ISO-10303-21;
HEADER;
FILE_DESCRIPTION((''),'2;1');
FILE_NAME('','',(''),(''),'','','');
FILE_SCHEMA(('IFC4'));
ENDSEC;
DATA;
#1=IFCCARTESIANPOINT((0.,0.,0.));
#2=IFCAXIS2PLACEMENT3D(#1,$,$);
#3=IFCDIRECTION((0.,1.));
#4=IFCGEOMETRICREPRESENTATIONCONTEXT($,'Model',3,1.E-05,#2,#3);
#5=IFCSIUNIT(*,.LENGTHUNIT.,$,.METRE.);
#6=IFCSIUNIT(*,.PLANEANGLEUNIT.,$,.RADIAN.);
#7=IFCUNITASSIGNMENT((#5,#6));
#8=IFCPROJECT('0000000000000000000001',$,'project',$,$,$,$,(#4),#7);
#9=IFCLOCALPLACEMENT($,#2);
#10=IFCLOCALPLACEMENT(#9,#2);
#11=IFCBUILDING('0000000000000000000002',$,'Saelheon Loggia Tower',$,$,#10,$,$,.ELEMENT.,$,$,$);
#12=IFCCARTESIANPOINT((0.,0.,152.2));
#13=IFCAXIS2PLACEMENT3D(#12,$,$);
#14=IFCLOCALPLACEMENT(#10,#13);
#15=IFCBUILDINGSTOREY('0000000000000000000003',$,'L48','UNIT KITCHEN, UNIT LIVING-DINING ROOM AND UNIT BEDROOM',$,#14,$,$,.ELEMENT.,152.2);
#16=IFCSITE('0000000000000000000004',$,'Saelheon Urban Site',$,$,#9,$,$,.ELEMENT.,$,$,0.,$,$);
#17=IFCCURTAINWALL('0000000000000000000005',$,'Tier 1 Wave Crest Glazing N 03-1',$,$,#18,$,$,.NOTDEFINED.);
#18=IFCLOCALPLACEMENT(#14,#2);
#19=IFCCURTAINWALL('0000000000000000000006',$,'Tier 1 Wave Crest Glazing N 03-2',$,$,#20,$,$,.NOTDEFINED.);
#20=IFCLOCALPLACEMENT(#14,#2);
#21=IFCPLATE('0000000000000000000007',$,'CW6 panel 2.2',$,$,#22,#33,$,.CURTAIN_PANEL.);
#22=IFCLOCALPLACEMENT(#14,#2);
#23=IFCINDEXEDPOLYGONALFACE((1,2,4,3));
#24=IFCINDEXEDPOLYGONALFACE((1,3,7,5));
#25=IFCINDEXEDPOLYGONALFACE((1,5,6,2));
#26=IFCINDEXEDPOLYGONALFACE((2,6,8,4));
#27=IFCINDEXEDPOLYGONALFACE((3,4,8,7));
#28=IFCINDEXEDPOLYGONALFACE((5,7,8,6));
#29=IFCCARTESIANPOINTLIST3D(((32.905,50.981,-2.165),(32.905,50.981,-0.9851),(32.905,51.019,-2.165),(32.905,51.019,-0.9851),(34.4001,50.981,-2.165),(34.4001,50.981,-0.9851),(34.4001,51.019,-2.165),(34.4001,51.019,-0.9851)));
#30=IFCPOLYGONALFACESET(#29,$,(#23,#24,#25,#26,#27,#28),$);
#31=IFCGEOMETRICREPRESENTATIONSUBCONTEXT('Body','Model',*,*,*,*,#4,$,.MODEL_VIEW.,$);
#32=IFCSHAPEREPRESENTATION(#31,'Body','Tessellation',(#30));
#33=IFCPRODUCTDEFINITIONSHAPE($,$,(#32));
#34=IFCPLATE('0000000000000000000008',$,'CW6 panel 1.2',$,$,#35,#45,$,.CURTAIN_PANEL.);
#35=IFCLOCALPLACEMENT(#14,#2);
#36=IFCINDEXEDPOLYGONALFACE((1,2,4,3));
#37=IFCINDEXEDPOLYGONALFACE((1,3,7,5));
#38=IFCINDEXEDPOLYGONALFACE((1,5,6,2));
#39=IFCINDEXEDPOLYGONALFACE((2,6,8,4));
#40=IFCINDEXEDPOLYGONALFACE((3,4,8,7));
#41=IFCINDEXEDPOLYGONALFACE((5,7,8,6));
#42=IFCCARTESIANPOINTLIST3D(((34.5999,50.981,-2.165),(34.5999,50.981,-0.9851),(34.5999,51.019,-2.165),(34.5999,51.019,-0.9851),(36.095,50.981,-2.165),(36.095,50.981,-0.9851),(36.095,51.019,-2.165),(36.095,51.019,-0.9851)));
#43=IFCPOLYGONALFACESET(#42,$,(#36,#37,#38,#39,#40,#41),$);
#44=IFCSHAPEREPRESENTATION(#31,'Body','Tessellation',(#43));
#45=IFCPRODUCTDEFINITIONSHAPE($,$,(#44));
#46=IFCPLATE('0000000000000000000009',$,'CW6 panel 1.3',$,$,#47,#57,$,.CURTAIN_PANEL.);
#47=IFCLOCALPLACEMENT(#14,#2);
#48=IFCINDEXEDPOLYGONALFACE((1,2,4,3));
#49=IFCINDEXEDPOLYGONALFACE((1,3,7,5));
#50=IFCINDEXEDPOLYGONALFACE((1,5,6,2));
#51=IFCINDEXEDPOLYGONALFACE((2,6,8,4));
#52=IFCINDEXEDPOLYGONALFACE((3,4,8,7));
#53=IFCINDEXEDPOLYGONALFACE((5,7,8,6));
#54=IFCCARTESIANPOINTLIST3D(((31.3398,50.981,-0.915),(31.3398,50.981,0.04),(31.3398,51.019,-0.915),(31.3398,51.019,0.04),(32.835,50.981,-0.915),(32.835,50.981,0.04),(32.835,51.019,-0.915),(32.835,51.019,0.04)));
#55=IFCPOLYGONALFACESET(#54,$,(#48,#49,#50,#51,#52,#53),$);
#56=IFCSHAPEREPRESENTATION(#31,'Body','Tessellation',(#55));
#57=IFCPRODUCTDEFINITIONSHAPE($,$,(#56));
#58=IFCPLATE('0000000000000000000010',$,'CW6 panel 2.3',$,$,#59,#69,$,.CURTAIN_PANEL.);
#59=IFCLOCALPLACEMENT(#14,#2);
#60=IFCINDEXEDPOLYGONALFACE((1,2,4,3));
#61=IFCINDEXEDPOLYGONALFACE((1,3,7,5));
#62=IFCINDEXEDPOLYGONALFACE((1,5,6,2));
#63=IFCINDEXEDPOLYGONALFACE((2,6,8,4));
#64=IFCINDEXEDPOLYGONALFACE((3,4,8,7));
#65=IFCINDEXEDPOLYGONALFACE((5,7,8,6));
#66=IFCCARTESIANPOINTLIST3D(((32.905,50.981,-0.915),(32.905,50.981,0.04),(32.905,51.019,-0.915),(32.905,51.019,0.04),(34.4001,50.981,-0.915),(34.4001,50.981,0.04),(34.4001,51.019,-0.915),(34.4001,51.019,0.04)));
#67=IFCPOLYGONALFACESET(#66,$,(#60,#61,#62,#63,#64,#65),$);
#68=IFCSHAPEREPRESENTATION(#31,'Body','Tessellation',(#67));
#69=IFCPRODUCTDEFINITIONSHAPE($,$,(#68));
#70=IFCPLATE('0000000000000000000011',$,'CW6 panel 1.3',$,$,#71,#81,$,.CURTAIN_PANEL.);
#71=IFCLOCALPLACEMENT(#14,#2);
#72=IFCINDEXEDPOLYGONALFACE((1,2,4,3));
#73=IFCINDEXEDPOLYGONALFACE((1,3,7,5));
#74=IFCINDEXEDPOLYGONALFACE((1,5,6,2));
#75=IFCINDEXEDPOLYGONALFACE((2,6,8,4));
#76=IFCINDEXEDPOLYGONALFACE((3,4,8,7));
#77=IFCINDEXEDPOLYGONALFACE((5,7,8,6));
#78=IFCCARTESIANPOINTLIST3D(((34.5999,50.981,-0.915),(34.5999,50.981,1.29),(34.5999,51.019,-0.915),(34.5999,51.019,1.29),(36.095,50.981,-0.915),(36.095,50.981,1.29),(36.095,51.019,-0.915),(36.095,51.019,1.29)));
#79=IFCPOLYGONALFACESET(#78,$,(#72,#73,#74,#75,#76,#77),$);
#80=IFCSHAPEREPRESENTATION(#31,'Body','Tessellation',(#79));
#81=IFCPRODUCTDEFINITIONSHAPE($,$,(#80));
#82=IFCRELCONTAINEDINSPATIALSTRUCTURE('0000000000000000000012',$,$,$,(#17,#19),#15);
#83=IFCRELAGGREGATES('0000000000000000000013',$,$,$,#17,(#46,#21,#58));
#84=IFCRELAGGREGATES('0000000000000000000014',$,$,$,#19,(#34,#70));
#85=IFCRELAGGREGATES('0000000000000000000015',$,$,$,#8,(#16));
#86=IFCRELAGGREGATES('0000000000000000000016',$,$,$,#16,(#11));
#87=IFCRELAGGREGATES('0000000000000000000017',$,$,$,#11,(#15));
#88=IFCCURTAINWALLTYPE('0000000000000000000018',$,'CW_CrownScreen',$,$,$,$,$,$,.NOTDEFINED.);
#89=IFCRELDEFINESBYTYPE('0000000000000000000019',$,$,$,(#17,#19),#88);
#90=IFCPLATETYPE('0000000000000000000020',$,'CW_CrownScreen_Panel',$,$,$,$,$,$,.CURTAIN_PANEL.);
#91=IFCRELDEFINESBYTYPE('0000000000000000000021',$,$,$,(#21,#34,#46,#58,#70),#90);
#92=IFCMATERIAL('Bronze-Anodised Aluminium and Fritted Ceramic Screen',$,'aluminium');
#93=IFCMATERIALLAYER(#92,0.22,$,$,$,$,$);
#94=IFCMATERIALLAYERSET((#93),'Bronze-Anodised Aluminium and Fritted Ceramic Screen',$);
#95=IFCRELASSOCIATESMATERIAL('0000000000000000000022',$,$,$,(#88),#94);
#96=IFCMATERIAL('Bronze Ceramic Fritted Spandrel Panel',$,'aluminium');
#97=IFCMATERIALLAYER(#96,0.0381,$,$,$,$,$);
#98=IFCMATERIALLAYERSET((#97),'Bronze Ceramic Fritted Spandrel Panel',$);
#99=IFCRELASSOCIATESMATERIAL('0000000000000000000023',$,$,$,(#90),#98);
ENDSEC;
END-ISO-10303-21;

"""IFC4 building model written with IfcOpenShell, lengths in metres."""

from ifc_helpers import new_model, si_unit, direction, frame, origin, origin_2d, place, context, subcontext, project, spatial, rectangle, extrude, source, transform, mapped, material, layer, layer_set, type_object, element, aggregate, save


model = new_model("IFC4")

# Units and contexts
model_context = context("Model", 3, precision=1e-05, world=origin(), true_north=direction((0.0, 1.0)))
body_context = subcontext(model_context, "Body", "Model", "MODEL_VIEW")
ifc_project = project(units=[si_unit("LENGTHUNIT", "METRE"), si_unit("PLANEANGLEUNIT", "RADIAN")], contexts=[model_context])

# Site, building, storey
site_placement = place(None, origin())
site = spatial("IfcSite", under=ifc_project, at=site_placement, Name="Saelheon Urban Site", CompositionType="ELEMENT", RefElevation=0.0)
building_placement = place(site_placement, origin())
building = spatial("IfcBuilding", under=site, at=building_placement, Name="Saelheon Loggia Tower", CompositionType="ELEMENT")
storey_placement = place(building_placement, frame((0.0, 0.0, 152.2)))
storey = spatial("IfcBuildingStorey", under=building, at=storey_placement, Name="L48", Description="UNIT KITCHEN, UNIT LIVING-DINING ROOM AND UNIT BEDROOM", CompositionType="ELEMENT", Elevation=152.2)

# Shared definitions
ifc_material_1 = material(Name="Bronze-Anodised Aluminium and Fritted Ceramic Screen", Category="aluminium")
ifc_layer_1 = layer(ifc_material_1, 0.22)
ifc_layer_set_1 = layer_set([ifc_layer_1], Name="Bronze-Anodised Aluminium and Fritted Ceramic Screen")
curtain_wall_type = type_object("IfcCurtainWallType", Name="CW_CrownScreen", PredefinedType="NOTDEFINED", material=ifc_layer_set_1)

# Curtain walls
curtain_wall_1_placement = place(storey_placement, origin())
curtain_wall_1 = element("IfcCurtainWall", 1, at=curtain_wall_1_placement, inside=storey, type_object=curtain_wall_type, Name="Tier 1 Wave Crest Glazing N 03-1", PredefinedType="NOTDEFINED")
curtain_wall_2_placement = place(storey_placement, origin())
curtain_wall_2 = element("IfcCurtainWall", 2, at=curtain_wall_2_placement, inside=storey, type_object=curtain_wall_type, Name="Tier 1 Wave Crest Glazing N 03-2", PredefinedType="NOTDEFINED")

# Plates
ifc_material_2 = material(Name="Bronze Ceramic Fritted Spandrel Panel", Category="aluminium")
ifc_layer_2 = layer(ifc_material_2, 0.0381)
ifc_layer_set_2 = layer_set([ifc_layer_2], Name="Bronze Ceramic Fritted Spandrel Panel")
plate_type = type_object("IfcPlateType", Name="CW_CrownScreen_Panel", PredefinedType="CURTAIN_PANEL", material=ifc_layer_set_2)
shared_shape_1 = source(origin(), body_context, "Body", "SweptSolid", [
    extrude(rectangle(XDim=1.4951, YDim=0.0381, at=origin_2d()), origin(), (0.0, 0.0, 1.0), 1.1799),
])
plate_1_placement = place(storey_placement, frame((33.6526, 51.0, -2.165), z_axis=(0.0, 0.0, 1.0), x_axis=(1.0, 0.0, 0.0)))
plate_1 = element("IfcPlate", 3, at=plate_1_placement, type_object=plate_type, Name="CW6 panel 2.2", PredefinedType="CURTAIN_PANEL", context=body_context, shape_type="MappedRepresentation", body=[
    mapped(shared_shape_1, transform((0.0, 0.0, 0.0), scale=1.0)),
])
plate_2_placement = place(storey_placement, frame((35.3474, 51.0, -2.165), z_axis=(0.0, 0.0, 1.0), x_axis=(1.0, 0.0, 0.0)))
plate_2 = element("IfcPlate", 4, at=plate_2_placement, type_object=plate_type, Name="CW6 panel 1.2", PredefinedType="CURTAIN_PANEL", context=body_context, shape_type="MappedRepresentation", body=[
    mapped(shared_shape_1, transform((0.0, 0.0, 0.0), scale=1.0)),
])
shared_shape_2 = source(origin(), body_context, "Body", "SweptSolid", [
    extrude(rectangle(XDim=1.4951, YDim=0.0381, at=origin_2d()), origin(), (0.0, 0.0, 1.0), 0.9551),
])
plate_3_placement = place(storey_placement, frame((32.0874, 51.0, -0.915), z_axis=(0.0, 0.0, 1.0), x_axis=(1.0, 0.0, 0.0)))
plate_3 = element("IfcPlate", 5, at=plate_3_placement, type_object=plate_type, Name="CW6 panel 1.3", PredefinedType="CURTAIN_PANEL", context=body_context, shape_type="MappedRepresentation", body=[
    mapped(shared_shape_2, transform((0.0, 0.0, 0.0), scale=1.0)),
])
plate_4_placement = place(storey_placement, frame((33.6526, 51.0, -0.915), z_axis=(0.0, 0.0, 1.0), x_axis=(1.0, 0.0, 0.0)))
plate_4 = element("IfcPlate", 6, at=plate_4_placement, type_object=plate_type, Name="CW6 panel 2.3", PredefinedType="CURTAIN_PANEL", context=body_context, shape_type="MappedRepresentation", body=[
    mapped(shared_shape_2, transform((0.0, 0.0, 0.0), scale=1.0)),
])
aggregate(curtain_wall_1, [plate_3, plate_1, plate_4])
shared_shape_3 = source(origin(), body_context, "Body", "SweptSolid", [
    extrude(rectangle(XDim=1.4951, YDim=0.0381, at=origin_2d()), origin(), (0.0, 0.0, 1.0), 2.2051),
])
plate_5_placement = place(storey_placement, frame((35.3474, 51.0, -0.915), z_axis=(0.0, 0.0, 1.0), x_axis=(1.0, 0.0, 0.0)))
plate_5 = element("IfcPlate", 7, at=plate_5_placement, type_object=plate_type, Name="CW6 panel 1.3", PredefinedType="CURTAIN_PANEL", context=body_context, shape_type="MappedRepresentation", body=[
    mapped(shared_shape_3, transform((0.0, 0.0, 0.0), scale=1.0)),
])
aggregate(curtain_wall_2, [plate_2, plate_5])

save(model, "model.ifc")
